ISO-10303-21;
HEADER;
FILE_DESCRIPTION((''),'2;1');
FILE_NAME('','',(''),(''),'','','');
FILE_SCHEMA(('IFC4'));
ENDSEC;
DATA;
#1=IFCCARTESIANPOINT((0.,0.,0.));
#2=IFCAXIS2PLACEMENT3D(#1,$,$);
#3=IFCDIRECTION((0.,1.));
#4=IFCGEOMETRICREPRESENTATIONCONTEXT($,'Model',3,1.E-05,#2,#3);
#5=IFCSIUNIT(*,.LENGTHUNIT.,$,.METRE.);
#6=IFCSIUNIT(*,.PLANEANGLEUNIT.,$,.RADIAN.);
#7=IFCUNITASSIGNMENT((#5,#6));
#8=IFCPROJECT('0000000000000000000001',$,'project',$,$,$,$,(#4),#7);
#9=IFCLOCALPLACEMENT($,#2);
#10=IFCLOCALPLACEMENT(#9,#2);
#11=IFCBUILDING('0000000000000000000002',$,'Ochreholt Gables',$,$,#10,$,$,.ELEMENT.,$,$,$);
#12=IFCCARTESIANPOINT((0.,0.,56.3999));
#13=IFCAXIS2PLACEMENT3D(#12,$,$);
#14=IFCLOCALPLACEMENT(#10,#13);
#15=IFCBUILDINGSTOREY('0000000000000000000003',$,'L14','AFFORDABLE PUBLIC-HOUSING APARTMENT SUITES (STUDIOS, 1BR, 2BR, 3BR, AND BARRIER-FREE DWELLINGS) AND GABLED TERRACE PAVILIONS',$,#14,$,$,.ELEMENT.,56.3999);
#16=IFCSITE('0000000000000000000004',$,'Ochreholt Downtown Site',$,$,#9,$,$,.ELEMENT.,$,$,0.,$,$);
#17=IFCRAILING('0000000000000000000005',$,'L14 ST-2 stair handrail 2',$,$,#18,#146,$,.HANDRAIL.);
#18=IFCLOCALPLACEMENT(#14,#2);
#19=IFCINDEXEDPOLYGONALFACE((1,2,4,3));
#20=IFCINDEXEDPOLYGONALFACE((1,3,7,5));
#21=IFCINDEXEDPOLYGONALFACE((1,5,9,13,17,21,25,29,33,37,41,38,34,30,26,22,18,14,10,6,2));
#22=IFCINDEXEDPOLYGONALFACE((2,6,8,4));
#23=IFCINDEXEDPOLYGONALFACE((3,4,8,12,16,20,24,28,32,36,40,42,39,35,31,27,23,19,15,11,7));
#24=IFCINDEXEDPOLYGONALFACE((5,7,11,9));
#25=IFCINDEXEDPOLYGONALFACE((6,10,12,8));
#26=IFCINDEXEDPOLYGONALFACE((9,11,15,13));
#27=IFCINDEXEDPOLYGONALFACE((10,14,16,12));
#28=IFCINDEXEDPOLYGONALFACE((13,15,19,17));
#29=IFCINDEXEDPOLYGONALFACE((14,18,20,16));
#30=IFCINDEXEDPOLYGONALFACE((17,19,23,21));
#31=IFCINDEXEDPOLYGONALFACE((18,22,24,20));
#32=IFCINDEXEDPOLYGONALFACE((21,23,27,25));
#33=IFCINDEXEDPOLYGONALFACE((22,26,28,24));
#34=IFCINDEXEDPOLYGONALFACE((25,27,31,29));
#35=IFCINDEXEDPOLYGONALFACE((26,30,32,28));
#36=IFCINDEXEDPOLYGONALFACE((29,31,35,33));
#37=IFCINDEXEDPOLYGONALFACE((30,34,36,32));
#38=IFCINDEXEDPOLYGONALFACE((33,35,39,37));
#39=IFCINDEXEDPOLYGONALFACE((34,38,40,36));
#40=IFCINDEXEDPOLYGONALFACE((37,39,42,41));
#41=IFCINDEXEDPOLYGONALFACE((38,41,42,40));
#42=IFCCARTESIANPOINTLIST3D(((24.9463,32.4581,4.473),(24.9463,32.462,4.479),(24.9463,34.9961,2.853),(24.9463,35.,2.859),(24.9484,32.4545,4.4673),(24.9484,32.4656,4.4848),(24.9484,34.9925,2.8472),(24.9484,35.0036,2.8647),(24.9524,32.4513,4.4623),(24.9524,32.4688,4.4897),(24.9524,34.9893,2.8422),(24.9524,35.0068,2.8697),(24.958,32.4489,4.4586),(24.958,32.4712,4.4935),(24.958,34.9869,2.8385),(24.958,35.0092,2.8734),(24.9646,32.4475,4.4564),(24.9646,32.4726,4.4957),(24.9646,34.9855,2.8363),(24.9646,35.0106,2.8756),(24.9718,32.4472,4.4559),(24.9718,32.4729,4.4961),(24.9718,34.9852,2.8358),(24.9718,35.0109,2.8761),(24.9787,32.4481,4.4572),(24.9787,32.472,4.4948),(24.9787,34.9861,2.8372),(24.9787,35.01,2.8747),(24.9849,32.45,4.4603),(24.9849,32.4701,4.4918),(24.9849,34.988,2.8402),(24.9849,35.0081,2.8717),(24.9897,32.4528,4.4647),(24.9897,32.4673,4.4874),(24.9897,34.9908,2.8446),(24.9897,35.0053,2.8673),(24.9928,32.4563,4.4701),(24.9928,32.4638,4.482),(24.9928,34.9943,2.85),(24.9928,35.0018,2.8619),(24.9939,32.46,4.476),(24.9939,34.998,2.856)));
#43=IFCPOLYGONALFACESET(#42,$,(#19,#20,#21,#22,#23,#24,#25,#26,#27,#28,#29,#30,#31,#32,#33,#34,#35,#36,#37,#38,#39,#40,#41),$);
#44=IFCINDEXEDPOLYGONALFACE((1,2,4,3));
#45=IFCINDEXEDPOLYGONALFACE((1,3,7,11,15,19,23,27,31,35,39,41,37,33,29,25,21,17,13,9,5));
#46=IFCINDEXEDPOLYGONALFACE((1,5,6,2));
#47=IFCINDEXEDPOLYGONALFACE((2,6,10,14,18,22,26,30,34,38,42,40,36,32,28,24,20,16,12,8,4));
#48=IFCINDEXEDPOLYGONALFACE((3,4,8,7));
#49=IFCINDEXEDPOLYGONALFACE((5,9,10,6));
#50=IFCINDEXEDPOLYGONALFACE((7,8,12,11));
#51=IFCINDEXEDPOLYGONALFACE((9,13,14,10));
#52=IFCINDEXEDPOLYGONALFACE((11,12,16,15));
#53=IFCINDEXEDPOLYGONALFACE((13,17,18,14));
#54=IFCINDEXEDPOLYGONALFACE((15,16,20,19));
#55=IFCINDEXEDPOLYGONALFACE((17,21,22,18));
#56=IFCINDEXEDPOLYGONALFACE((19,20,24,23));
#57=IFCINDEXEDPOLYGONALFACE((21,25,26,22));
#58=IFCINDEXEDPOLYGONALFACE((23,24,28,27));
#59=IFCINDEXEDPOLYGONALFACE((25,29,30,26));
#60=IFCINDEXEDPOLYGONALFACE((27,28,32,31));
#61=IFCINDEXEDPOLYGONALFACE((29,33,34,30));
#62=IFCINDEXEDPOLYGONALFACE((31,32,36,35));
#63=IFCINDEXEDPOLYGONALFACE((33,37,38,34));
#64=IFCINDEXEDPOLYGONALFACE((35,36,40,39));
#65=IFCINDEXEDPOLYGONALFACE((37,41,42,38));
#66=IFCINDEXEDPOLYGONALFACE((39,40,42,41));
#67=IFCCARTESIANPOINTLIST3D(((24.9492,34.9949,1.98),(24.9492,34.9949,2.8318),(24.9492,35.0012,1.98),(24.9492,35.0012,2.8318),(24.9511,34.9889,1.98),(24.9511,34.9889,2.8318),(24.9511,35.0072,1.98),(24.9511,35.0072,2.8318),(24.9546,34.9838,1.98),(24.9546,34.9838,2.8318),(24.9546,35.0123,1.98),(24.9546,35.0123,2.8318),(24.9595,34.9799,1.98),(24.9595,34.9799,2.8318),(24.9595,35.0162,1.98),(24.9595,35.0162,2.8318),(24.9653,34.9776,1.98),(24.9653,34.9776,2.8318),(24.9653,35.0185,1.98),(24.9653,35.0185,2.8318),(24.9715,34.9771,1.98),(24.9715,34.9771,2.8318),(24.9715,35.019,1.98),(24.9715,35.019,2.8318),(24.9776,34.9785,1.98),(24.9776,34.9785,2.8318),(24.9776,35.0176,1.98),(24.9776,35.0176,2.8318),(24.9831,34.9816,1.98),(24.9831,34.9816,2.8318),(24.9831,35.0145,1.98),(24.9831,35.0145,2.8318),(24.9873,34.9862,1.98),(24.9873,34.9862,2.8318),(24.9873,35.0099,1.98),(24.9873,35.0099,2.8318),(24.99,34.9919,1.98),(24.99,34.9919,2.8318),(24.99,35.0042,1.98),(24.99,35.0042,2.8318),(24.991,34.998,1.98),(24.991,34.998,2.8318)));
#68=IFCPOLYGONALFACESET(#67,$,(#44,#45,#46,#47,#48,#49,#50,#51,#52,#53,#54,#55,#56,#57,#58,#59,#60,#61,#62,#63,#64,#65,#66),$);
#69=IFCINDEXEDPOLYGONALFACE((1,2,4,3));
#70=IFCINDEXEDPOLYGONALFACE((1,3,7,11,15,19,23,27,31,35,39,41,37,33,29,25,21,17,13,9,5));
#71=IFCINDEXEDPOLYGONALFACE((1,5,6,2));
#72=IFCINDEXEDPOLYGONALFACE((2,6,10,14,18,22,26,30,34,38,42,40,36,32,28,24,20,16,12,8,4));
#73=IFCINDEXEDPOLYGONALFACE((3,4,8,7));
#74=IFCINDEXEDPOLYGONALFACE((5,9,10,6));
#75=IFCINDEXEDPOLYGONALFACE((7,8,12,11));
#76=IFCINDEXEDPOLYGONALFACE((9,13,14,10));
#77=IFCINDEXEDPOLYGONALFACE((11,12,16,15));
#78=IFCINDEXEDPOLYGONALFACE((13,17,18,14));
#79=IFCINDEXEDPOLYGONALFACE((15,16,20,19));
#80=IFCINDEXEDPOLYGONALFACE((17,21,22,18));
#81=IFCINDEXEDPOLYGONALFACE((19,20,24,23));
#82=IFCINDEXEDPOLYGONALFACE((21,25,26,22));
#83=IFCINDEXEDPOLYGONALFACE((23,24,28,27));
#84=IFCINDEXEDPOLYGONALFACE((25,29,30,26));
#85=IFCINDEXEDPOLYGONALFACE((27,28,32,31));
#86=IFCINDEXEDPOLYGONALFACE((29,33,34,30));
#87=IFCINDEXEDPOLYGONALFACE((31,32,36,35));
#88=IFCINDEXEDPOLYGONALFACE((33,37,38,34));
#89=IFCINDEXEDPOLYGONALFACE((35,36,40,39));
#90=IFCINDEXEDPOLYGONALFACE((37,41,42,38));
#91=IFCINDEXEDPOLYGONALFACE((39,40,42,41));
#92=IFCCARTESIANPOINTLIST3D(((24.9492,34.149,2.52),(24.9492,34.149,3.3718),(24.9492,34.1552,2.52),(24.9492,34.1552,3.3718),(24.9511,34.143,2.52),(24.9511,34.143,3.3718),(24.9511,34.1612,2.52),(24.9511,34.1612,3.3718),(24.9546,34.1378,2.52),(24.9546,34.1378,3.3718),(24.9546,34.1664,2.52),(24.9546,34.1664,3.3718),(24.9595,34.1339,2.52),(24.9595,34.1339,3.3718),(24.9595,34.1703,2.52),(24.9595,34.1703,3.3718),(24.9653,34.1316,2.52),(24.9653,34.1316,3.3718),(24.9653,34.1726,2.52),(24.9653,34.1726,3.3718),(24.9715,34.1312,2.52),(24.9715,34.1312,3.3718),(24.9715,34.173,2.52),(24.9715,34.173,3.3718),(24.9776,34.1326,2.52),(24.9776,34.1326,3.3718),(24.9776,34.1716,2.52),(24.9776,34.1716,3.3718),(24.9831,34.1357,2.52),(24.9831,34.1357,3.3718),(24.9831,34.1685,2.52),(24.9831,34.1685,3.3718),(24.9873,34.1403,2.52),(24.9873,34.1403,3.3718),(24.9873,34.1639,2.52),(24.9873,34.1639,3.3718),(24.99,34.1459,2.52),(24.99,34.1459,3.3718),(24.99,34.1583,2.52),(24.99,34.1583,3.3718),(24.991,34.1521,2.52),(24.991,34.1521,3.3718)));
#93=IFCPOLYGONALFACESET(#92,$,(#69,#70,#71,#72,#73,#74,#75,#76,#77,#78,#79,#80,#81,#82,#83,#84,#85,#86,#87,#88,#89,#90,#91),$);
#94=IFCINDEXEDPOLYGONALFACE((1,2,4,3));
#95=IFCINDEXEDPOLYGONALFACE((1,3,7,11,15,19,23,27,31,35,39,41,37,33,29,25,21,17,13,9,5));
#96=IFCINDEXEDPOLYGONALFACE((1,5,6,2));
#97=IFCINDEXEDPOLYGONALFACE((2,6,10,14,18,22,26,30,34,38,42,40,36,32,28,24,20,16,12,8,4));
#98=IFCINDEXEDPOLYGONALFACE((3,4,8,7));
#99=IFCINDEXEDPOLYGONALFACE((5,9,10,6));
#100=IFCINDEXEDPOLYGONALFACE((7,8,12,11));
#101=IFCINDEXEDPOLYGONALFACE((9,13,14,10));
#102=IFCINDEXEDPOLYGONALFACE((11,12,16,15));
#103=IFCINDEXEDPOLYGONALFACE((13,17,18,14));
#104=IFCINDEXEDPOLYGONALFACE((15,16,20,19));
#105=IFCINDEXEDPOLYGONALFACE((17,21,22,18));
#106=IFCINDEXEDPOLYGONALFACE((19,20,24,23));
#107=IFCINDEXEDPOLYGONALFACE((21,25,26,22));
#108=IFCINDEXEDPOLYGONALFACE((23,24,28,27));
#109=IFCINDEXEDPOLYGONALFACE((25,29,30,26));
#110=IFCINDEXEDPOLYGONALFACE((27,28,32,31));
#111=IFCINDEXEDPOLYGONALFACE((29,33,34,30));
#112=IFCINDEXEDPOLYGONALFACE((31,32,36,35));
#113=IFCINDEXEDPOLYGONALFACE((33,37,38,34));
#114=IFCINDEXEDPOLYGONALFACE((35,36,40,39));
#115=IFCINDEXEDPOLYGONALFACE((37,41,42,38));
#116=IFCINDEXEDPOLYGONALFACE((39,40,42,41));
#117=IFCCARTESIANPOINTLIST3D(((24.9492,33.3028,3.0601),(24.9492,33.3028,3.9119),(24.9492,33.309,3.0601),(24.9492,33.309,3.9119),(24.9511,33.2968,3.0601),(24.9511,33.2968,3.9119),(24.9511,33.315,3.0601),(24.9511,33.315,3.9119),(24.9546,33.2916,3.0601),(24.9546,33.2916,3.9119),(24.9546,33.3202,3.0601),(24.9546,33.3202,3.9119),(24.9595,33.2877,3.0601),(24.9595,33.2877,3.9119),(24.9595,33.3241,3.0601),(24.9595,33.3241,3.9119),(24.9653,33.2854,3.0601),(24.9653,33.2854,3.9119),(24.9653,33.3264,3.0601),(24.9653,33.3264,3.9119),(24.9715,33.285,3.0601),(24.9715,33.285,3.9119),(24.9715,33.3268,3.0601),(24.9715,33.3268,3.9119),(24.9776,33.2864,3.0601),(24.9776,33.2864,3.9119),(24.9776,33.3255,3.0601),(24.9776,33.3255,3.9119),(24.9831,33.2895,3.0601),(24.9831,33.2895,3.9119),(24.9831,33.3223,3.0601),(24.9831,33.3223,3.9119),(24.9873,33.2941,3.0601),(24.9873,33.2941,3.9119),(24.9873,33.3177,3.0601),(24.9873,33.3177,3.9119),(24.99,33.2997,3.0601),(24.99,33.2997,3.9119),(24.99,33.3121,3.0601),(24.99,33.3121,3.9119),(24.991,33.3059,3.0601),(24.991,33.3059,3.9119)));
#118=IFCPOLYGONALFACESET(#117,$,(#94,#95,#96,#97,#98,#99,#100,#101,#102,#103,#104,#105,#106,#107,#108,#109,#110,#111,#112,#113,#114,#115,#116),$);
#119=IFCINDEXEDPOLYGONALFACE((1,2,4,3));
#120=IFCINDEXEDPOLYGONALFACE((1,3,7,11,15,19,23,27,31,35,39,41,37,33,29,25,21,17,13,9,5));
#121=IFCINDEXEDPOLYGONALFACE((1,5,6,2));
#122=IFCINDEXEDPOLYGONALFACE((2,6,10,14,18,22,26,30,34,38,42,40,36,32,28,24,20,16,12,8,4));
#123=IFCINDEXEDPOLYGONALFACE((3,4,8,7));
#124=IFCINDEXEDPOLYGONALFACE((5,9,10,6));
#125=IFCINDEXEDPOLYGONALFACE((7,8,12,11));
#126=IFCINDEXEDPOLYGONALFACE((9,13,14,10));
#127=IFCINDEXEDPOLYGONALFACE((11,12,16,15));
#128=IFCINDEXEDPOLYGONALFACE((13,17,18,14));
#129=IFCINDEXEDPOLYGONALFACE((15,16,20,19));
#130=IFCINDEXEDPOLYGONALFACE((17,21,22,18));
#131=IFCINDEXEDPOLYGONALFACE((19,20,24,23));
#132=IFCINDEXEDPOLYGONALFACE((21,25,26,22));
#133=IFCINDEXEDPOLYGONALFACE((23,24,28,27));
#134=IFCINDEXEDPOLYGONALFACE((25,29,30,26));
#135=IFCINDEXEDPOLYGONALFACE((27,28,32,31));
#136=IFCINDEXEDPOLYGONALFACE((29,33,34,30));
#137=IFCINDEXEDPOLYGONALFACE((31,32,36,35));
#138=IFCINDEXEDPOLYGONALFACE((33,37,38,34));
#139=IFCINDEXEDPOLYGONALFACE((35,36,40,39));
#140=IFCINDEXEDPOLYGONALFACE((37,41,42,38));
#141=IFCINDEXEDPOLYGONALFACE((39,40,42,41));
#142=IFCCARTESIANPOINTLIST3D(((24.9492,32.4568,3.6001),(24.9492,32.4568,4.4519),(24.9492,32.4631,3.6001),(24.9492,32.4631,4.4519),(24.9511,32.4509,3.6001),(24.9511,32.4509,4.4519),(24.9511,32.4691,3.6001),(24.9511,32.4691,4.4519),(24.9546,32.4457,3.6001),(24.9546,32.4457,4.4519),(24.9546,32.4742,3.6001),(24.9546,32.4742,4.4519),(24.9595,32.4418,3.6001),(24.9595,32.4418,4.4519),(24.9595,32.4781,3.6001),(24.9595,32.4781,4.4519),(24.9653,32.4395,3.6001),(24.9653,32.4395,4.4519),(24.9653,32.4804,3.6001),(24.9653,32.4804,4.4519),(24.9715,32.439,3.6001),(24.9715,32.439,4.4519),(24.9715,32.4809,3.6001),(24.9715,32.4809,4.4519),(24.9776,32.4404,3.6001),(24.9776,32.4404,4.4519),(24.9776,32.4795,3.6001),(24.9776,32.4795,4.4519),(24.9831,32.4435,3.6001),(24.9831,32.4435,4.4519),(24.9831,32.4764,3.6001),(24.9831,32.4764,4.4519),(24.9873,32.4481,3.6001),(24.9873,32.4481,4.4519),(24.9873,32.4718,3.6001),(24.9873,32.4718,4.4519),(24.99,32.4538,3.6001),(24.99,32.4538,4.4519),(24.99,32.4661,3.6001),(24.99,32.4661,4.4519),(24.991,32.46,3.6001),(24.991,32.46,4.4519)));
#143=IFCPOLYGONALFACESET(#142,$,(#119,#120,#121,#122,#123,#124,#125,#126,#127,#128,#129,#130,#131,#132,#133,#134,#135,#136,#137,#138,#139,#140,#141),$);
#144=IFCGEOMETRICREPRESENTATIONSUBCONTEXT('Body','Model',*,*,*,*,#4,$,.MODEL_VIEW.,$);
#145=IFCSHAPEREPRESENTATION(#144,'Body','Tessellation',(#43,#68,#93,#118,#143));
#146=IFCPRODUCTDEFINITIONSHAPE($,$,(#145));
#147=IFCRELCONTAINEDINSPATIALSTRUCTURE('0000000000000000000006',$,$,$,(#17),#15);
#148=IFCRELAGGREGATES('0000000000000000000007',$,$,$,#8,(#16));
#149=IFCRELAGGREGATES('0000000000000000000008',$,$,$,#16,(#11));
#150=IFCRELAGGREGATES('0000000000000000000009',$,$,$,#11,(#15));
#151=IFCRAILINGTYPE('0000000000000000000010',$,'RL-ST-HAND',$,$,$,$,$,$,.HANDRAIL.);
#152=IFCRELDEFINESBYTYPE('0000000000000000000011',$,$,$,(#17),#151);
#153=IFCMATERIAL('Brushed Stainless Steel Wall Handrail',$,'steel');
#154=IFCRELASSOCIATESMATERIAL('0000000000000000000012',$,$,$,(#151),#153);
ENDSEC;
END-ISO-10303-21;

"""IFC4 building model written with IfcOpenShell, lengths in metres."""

from ifc_helpers import new_model, si_unit, direction, frame, origin, origin_2d, place, context, subcontext, project, spatial, circle, extrude, material, type_object, element, save


model = new_model("IFC4")

# Units and contexts
model_context = context("Model", 3, precision=1e-05, world=origin(), true_north=direction((0.0, 1.0)))
body_context = subcontext(model_context, "Body", "Model", "MODEL_VIEW")
ifc_project = project(units=[si_unit("LENGTHUNIT", "METRE"), si_unit("PLANEANGLEUNIT", "RADIAN")], contexts=[model_context])

# Site, building, storey
site_placement = place(None, origin())
site = spatial("IfcSite", under=ifc_project, at=site_placement, Name="Ochreholt Downtown Site", CompositionType="ELEMENT", RefElevation=0.0)
building_placement = place(site_placement, origin())
building = spatial("IfcBuilding", under=site, at=building_placement, Name="Ochreholt Gables", CompositionType="ELEMENT")
storey_placement = place(building_placement, frame((0.0, 0.0, 56.3999)))
storey = spatial("IfcBuildingStorey", under=building, at=storey_placement, Name="L14", Description="AFFORDABLE PUBLIC-HOUSING APARTMENT SUITES (STUDIOS, 1BR, 2BR, 3BR, AND BARRIER-FREE DWELLINGS) AND GABLED TERRACE PAVILIONS", CompositionType="ELEMENT", Elevation=56.3999)

# Railing
ifc_material_1 = material(Name="Brushed Stainless Steel Wall Handrail", Category="steel")
railing_type_1 = type_object("IfcRailingType", Name="RL-ST-HAND", PredefinedType="HANDRAIL", material=ifc_material_1)
railing_1_placement = place(storey_placement, frame((24.97, 34.998, 1.98)))
element("IfcRailing", 1, at=railing_1_placement, inside=storey, type_object=railing_type_1, Name="L14 ST-2 stair handrail 2", PredefinedType="HANDRAIL", context=body_context, shape_type="SweptSolid", body=[
    extrude(circle(Radius=0.0239, at=origin_2d()), frame((0.0, 0.0, 0.876), z_axis=(0.0, -0.842913, 0.53805), x_axis=(1.0, 0.0, 0.0)), (0.0, 0.0, 1.0), 3.011),
    extrude(circle(Radius=0.021, at=origin_2d()), origin(), (0.0, 0.0, 1.0), 0.8518),
    extrude(circle(Radius=0.021, at=origin_2d()), frame((0.0, -0.8459, 0.54)), (0.0, 0.0, 1.0), 0.8518),
    extrude(circle(Radius=0.021, at=origin_2d()), frame((0.0, -1.6921, 1.0801)), (0.0, 0.0, 1.0), 0.8518),
    extrude(circle(Radius=0.021, at=origin_2d()), frame((0.0, -2.5381, 1.6201)), (0.0, 0.0, 1.0), 0.8518),
])

save(model, "model.ifc")
